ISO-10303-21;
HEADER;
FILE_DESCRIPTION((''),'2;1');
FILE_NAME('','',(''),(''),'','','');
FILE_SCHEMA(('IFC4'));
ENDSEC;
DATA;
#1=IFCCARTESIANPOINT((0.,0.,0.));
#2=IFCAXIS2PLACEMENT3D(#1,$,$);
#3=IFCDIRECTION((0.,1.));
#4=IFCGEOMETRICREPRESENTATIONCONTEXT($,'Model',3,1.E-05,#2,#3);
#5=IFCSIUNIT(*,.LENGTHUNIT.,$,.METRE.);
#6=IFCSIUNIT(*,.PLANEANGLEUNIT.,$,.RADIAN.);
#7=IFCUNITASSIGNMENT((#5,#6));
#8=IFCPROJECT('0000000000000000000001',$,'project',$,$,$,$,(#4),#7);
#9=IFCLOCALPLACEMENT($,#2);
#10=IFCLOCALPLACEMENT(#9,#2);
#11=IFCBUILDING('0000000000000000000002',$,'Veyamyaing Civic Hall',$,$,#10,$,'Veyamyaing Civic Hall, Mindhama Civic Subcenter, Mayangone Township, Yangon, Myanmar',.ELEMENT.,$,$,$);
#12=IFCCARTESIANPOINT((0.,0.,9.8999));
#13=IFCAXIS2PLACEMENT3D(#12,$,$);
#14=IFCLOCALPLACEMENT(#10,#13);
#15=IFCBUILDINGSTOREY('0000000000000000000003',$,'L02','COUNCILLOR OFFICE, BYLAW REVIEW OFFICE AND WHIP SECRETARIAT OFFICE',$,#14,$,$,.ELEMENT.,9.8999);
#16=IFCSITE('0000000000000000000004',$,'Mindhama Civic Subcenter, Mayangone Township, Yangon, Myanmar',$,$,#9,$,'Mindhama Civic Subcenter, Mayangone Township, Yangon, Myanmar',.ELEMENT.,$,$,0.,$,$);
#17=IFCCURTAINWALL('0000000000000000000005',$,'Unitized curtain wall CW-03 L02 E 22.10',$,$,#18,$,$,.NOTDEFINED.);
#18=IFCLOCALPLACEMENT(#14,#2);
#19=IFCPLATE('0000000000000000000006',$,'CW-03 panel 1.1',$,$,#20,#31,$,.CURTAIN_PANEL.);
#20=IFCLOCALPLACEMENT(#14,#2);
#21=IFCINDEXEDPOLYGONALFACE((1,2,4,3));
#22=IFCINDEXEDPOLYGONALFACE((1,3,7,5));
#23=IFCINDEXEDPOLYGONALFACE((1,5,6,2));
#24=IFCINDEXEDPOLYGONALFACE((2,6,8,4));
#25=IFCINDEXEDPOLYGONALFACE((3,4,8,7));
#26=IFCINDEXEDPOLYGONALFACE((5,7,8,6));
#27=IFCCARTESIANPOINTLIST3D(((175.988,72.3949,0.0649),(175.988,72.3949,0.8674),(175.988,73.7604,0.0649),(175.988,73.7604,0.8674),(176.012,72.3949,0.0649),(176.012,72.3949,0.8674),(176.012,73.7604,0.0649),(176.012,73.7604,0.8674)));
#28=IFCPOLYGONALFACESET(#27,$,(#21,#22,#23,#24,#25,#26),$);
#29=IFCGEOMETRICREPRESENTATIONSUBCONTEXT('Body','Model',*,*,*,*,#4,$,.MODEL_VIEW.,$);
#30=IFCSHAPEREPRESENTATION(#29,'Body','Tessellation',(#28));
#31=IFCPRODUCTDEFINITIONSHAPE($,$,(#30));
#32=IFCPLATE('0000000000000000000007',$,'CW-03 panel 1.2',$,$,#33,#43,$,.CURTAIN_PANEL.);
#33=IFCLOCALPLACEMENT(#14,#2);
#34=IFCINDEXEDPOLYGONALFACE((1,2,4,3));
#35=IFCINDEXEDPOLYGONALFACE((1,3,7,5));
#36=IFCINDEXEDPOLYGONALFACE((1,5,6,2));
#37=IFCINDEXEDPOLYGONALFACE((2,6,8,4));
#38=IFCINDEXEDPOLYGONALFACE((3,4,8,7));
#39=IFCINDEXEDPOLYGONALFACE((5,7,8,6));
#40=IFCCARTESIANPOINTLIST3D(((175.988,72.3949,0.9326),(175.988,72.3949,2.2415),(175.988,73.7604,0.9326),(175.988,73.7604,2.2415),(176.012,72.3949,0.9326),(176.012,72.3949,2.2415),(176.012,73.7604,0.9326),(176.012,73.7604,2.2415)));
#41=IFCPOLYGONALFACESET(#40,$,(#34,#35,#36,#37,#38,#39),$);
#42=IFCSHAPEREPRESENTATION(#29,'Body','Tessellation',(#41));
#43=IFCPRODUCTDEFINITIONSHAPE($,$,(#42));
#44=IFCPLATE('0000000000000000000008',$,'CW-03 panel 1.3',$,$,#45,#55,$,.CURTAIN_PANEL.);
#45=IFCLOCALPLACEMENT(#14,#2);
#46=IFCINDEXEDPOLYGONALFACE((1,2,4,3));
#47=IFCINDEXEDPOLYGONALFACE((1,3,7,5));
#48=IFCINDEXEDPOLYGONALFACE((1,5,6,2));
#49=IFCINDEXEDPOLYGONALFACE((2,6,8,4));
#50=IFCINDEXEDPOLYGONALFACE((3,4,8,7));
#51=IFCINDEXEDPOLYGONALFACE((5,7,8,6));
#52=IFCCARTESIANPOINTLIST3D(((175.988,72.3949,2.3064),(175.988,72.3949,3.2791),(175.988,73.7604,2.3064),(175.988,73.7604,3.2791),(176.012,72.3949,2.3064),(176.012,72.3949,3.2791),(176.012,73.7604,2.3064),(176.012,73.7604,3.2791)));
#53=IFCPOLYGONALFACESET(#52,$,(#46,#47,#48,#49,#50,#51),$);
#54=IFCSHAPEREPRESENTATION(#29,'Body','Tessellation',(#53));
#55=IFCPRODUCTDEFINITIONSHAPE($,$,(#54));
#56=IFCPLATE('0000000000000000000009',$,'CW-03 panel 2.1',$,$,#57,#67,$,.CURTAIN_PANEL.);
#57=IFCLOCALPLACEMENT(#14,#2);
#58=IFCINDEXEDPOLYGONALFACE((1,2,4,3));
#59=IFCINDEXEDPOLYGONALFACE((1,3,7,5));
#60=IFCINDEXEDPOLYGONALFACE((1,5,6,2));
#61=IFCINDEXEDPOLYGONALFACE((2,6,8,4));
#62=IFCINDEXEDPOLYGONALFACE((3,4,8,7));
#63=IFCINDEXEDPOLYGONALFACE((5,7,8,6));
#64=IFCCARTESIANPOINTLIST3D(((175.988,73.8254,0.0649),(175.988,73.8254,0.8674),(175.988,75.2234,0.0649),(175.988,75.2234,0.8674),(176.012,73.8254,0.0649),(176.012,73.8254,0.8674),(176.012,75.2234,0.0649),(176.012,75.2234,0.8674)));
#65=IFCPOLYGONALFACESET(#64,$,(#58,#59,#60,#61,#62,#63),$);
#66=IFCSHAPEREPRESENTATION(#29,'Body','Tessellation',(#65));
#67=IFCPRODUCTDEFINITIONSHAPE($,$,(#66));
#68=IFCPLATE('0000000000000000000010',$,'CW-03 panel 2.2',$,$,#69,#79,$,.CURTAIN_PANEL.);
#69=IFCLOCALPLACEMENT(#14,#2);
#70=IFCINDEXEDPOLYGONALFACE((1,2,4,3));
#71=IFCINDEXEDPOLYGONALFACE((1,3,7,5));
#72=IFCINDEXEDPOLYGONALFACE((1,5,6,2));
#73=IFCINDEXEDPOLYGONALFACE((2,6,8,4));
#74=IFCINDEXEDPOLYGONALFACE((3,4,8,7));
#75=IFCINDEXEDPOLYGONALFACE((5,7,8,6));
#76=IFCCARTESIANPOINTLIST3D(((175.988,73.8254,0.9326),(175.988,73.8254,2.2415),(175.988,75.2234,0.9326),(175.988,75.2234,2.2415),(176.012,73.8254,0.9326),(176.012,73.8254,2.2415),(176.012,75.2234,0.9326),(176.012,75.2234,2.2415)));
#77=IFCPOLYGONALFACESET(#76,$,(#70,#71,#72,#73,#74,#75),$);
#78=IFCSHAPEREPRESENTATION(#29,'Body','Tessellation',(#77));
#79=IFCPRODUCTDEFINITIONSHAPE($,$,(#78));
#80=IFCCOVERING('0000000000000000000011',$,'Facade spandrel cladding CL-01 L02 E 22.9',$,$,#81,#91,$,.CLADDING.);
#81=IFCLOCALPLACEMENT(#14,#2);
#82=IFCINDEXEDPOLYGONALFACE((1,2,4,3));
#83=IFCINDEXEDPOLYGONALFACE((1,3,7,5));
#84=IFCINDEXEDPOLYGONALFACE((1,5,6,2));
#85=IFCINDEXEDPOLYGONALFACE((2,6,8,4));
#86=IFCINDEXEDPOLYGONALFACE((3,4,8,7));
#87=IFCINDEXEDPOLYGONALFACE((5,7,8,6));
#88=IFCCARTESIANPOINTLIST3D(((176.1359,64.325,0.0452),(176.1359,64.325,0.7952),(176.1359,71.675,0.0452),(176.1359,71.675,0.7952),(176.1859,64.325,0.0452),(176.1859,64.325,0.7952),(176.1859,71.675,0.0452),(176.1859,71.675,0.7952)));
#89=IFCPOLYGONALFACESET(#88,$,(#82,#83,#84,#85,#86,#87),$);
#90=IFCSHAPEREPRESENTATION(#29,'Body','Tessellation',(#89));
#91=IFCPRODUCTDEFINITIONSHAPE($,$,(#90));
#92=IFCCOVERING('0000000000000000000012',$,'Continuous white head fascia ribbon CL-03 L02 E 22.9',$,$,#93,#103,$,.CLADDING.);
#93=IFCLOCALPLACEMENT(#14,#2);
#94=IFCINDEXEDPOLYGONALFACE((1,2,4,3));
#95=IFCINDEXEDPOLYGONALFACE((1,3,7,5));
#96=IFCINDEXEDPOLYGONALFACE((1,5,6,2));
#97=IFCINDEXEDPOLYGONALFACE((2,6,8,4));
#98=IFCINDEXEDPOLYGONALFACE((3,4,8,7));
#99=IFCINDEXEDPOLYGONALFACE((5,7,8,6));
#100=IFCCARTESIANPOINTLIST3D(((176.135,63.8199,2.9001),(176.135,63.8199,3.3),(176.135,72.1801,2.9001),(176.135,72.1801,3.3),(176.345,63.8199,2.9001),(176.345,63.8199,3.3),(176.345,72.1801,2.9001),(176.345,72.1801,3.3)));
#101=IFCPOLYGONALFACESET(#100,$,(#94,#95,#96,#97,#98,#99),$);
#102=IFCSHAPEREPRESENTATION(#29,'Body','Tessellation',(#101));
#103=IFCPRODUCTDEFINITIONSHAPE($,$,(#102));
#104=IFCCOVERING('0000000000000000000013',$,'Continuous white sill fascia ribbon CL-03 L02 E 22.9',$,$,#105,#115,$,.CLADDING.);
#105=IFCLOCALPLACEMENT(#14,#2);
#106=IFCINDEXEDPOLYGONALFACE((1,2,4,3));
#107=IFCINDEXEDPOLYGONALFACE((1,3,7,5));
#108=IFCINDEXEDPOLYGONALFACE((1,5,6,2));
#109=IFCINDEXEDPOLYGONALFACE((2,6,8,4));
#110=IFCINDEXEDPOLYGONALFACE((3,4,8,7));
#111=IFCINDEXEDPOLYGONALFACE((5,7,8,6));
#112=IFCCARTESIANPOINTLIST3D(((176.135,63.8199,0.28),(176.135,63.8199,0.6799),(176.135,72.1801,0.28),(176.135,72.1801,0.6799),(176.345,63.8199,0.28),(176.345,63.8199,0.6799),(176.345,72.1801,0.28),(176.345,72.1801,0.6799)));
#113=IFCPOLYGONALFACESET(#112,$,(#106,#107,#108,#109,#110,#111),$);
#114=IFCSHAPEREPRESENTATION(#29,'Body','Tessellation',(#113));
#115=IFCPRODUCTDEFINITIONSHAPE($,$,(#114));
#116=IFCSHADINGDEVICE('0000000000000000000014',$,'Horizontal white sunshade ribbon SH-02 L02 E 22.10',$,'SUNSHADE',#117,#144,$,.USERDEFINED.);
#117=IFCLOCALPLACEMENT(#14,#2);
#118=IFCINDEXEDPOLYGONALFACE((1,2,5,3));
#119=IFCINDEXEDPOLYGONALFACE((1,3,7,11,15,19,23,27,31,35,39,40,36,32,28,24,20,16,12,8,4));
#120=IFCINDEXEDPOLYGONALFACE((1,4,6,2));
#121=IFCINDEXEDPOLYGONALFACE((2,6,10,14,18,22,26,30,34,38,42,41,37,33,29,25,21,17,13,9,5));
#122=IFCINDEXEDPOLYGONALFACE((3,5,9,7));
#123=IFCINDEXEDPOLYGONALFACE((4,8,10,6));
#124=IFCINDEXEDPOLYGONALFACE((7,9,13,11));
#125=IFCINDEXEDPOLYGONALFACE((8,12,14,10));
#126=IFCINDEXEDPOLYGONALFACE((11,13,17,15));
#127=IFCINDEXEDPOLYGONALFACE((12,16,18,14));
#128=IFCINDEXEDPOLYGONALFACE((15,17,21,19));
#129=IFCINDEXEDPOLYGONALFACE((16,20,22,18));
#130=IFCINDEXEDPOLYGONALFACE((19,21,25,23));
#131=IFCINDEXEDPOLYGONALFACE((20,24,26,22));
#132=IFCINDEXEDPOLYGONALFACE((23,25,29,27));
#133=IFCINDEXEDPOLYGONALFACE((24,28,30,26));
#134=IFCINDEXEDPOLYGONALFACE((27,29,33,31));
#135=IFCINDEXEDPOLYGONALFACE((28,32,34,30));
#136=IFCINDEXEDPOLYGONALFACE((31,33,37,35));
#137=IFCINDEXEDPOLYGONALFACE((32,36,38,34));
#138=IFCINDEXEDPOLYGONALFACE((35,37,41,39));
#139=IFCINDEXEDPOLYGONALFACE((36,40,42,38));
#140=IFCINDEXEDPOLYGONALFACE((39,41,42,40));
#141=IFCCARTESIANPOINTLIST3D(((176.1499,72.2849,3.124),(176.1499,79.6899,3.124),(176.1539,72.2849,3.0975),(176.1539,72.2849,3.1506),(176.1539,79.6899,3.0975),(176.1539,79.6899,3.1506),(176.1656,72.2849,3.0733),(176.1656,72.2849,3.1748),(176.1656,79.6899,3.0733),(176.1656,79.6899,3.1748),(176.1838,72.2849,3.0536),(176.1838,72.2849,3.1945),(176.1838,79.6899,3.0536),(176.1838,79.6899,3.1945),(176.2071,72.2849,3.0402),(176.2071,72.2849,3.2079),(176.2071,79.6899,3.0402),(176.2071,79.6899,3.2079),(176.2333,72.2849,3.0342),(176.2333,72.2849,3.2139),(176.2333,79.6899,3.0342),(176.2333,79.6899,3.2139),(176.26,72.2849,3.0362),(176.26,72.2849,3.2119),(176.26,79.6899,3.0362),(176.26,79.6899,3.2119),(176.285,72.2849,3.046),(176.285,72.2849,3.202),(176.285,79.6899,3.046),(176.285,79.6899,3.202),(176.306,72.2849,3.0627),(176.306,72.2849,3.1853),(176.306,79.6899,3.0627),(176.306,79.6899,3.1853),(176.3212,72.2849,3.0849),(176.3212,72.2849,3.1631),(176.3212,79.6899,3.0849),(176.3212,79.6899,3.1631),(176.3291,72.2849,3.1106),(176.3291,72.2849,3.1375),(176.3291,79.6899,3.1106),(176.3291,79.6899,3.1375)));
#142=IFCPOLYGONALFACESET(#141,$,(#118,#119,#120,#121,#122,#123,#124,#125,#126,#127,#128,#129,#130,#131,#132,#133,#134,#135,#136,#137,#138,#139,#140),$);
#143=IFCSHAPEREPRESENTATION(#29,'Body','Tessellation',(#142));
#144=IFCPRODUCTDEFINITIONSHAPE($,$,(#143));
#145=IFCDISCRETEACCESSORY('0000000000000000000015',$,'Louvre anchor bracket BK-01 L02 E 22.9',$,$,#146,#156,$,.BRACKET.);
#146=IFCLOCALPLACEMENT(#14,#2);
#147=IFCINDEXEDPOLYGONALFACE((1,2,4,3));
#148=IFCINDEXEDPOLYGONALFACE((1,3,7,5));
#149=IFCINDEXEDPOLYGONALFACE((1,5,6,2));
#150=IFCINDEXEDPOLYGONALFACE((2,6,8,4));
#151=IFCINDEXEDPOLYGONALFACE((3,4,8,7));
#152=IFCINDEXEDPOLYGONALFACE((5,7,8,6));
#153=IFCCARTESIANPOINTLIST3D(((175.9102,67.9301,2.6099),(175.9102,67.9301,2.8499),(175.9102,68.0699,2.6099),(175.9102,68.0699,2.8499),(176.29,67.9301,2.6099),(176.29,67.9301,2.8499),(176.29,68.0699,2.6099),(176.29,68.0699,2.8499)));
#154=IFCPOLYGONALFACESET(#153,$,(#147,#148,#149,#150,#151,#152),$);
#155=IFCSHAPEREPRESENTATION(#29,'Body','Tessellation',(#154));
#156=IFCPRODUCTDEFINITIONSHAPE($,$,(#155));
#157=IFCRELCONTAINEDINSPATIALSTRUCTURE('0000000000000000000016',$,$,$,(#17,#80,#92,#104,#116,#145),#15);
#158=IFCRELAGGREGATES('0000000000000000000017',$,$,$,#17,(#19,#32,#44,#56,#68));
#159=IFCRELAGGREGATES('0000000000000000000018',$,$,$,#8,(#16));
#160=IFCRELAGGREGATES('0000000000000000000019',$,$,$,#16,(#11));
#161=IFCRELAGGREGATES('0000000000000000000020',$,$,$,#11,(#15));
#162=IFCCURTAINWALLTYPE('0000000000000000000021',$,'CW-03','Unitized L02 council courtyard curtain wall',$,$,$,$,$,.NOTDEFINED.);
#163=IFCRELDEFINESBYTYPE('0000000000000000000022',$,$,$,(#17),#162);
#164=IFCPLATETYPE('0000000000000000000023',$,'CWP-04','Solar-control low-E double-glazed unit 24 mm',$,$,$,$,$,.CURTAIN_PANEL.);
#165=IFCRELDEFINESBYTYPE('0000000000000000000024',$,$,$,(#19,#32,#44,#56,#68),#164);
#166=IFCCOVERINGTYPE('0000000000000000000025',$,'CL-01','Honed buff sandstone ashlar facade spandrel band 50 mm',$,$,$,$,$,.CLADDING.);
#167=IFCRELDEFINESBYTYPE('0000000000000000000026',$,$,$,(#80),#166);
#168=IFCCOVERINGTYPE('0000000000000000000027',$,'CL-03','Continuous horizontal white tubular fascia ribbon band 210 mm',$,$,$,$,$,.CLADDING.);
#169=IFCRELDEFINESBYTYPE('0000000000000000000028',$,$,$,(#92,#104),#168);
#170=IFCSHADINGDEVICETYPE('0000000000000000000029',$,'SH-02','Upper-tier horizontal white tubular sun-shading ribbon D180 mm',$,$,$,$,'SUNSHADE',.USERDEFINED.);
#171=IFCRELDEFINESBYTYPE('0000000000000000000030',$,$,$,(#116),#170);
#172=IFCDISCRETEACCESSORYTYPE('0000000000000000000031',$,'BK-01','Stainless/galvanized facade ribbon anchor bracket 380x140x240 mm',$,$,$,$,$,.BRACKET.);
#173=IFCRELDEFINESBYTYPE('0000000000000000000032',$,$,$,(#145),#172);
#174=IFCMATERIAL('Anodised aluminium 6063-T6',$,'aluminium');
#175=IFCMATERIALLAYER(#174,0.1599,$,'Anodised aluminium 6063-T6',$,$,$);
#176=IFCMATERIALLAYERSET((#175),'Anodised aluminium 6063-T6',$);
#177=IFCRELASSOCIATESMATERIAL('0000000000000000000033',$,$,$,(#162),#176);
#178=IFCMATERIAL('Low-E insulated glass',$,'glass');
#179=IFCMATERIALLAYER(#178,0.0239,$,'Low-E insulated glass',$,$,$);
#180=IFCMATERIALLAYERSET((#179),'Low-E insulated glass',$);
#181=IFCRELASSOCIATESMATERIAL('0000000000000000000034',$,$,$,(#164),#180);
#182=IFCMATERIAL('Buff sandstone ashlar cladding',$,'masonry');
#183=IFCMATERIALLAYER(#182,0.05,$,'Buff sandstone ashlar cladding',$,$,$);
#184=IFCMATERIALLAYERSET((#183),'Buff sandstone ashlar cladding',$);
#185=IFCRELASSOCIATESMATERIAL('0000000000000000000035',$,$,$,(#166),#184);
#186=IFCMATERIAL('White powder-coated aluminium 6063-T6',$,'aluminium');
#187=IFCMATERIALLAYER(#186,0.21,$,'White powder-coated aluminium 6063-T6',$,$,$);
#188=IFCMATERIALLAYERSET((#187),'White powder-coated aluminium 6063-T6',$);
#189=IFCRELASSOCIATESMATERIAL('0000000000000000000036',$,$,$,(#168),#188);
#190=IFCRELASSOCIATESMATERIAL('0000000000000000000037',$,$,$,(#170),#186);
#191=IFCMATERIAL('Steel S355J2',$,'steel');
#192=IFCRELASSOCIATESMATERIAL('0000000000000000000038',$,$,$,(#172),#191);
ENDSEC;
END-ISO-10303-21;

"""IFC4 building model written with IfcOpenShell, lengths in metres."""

from ifc_helpers import new_model, si_unit, direction, frame, origin, origin_2d, place, context, subcontext, project, spatial, rectangle, circle, extrude, material, layer, layer_set, material_profile, profile_set, type_object, element, aggregate, save


model = new_model("IFC4")

# Units and contexts
model_context = context("Model", 3, precision=1e-05, world=origin(), true_north=direction((0.0, 1.0)))
body_context = subcontext(model_context, "Body", "Model", "MODEL_VIEW")
ifc_project = project(units=[si_unit("LENGTHUNIT", "METRE"), si_unit("PLANEANGLEUNIT", "RADIAN")], contexts=[model_context])

# Site, building, storey
site_placement = place(None, origin())
site = spatial("IfcSite", under=ifc_project, at=site_placement, Name="Mindhama Civic Subcenter, Mayangone Township, Yangon, Myanmar", LongName="Mindhama Civic Subcenter, Mayangone Township, Yangon, Myanmar", CompositionType="ELEMENT", RefElevation=0.0)
building_placement = place(site_placement, origin())
building = spatial("IfcBuilding", under=site, at=building_placement, Name="Veyamyaing Civic Hall", LongName="Veyamyaing Civic Hall, Mindhama Civic Subcenter, Mayangone Township, Yangon, Myanmar", CompositionType="ELEMENT")
storey_placement = place(building_placement, frame((0.0, 0.0, 9.8999)))
storey = spatial("IfcBuildingStorey", under=building, at=storey_placement, Name="L02", Description="COUNCILLOR OFFICE, BYLAW REVIEW OFFICE AND WHIP SECRETARIAT OFFICE", CompositionType="ELEMENT", Elevation=9.8999)

# Curtain wall, plates
ifc_material_1 = material(Name="Anodised aluminium 6063-T6", Category="aluminium")
ifc_layer_1 = layer(ifc_material_1, 0.1599, Name="Anodised aluminium 6063-T6")
ifc_layer_set_1 = layer_set([ifc_layer_1], Name="Anodised aluminium 6063-T6")
curtain_wall_type = type_object("IfcCurtainWallType", Name="CW-03", Description="Unitized L02 council courtyard curtain wall", PredefinedType="NOTDEFINED", material=ifc_layer_set_1)
curtain_wall_placement = place(storey_placement, origin())
curtain_wall = element("IfcCurtainWall", 1, at=curtain_wall_placement, inside=storey, type_object=curtain_wall_type, Name="Unitized curtain wall CW-03 L02 E 22.10", PredefinedType="NOTDEFINED")
ifc_material_2 = material(Name="Low-E insulated glass", Category="glass")
ifc_layer_2 = layer(ifc_material_2, 0.0239, Name="Low-E insulated glass")
ifc_layer_set_2 = layer_set([ifc_layer_2], Name="Low-E insulated glass")
plate_type = type_object("IfcPlateType", Name="CWP-04", Description="Solar-control low-E double-glazed unit 24 mm", PredefinedType="CURTAIN_PANEL", material=ifc_layer_set_2)
plate_1_placement = place(storey_placement, frame((176.0, 73.0776, 0.0649), z_axis=(0.0, 0.0, 1.0), x_axis=(0.0, 1.0, 0.0)))
plate_1 = element("IfcPlate", 2, at=plate_1_placement, type_object=plate_type, Name="CW-03 panel 1.1", PredefinedType="CURTAIN_PANEL", context=body_context, shape_type="SweptSolid", body=[
    extrude(rectangle(XDim=1.3655, YDim=0.0239, at=origin_2d()), origin(), (0.0, 0.0, 1.0), 0.8025),
])
plate_2_placement = place(storey_placement, frame((176.0, 73.0776, 0.9326), z_axis=(0.0, 0.0, 1.0), x_axis=(0.0, 1.0, 0.0)))
plate_2 = element("IfcPlate", 3, at=plate_2_placement, type_object=plate_type, Name="CW-03 panel 1.2", PredefinedType="CURTAIN_PANEL", context=body_context, shape_type="SweptSolid", body=[
    extrude(rectangle(XDim=1.3655, YDim=0.0239, at=origin_2d()), origin(), (0.0, 0.0, 1.0), 1.3088),
])
plate_3_placement = place(storey_placement, frame((176.0, 73.0776, 2.3064), z_axis=(0.0, 0.0, 1.0), x_axis=(0.0, 1.0, 0.0)))
plate_3 = element("IfcPlate", 4, at=plate_3_placement, type_object=plate_type, Name="CW-03 panel 1.3", PredefinedType="CURTAIN_PANEL", context=body_context, shape_type="SweptSolid", body=[
    extrude(rectangle(XDim=1.3655, YDim=0.0239, at=origin_2d()), origin(), (0.0, 0.0, 1.0), 0.9727),
])
plate_4_placement = place(storey_placement, frame((176.0, 74.5244, 0.0649), z_axis=(0.0, 0.0, 1.0), x_axis=(0.0, 1.0, 0.0)))
plate_4 = element("IfcPlate", 5, at=plate_4_placement, type_object=plate_type, Name="CW-03 panel 2.1", PredefinedType="CURTAIN_PANEL", context=body_context, shape_type="SweptSolid", body=[
    extrude(rectangle(XDim=1.3979, YDim=0.0239, at=origin_2d()), origin(), (0.0, 0.0, 1.0), 0.8025),
])
plate_5_placement = place(storey_placement, frame((176.0, 74.5244, 0.9326), z_axis=(0.0, 0.0, 1.0), x_axis=(0.0, 1.0, 0.0)))
plate_5 = element("IfcPlate", 6, at=plate_5_placement, type_object=plate_type, Name="CW-03 panel 2.2", PredefinedType="CURTAIN_PANEL", context=body_context, shape_type="SweptSolid", body=[
    extrude(rectangle(XDim=1.3979, YDim=0.0239, at=origin_2d()), origin(), (0.0, 0.0, 1.0), 1.3088),
])
aggregate(curtain_wall, [plate_1, plate_2, plate_3, plate_4, plate_5])

# Coverings
ifc_material_3 = material(Name="Buff sandstone ashlar cladding", Category="masonry")
ifc_layer_3 = layer(ifc_material_3, 0.05, Name="Buff sandstone ashlar cladding")
ifc_layer_set_3 = layer_set([ifc_layer_3], Name="Buff sandstone ashlar cladding")
covering_type_1 = type_object("IfcCoveringType", Name="CL-01", Description="Honed buff sandstone ashlar facade spandrel band 50 mm", PredefinedType="CLADDING", material=ifc_layer_set_3)
covering_placement = place(storey_placement, frame((176.1609, 68.0, 0.0452), z_axis=(0.0, 0.0, 1.0), x_axis=(0.0, 1.0, 0.0)))
element("IfcCovering", 7, at=covering_placement, inside=storey, type_object=covering_type_1, Name="Facade spandrel cladding CL-01 L02 E 22.9", PredefinedType="CLADDING", context=body_context, shape_type="SweptSolid", body=[
    extrude(rectangle(XDim=7.3501, YDim=0.05, at=origin_2d()), origin(), (0.0, 0.0, 1.0), 0.75),
])
ifc_material_4 = material(Name="White powder-coated aluminium 6063-T6", Category="aluminium")
ifc_layer_4 = layer(ifc_material_4, 0.21, Name="White powder-coated aluminium 6063-T6")
ifc_layer_set_4 = layer_set([ifc_layer_4], Name="White powder-coated aluminium 6063-T6")
covering_type_2 = type_object("IfcCoveringType", Name="CL-03", Description="Continuous horizontal white tubular fascia ribbon band 210 mm", PredefinedType="CLADDING", material=ifc_layer_set_4)
for number, where, z_axis, x_axis, name in (
    (8, (176.24, 68.0, 2.9001), (0.0, 0.0, 1.0), (0.0, 1.0, 0.0), "Continuous white head fascia ribbon CL-03 L02 E 22.9"),
    (9, (176.24, 68.0, 0.28), (0.0, 0.0, 1.0), (0.0, 1.0, 0.0), "Continuous white sill fascia ribbon CL-03 L02 E 22.9"),
):
    element("IfcCovering", number, at=place(storey_placement, frame(where, z_axis=z_axis, x_axis=x_axis)), inside=storey, type_object=covering_type_2, Name=name, PredefinedType="CLADDING", context=body_context, shape_type="SweptSolid", body=[
        extrude(rectangle(XDim=8.3601, YDim=0.21, at=origin_2d()), origin(), (0.0, 0.0, 1.0), 0.3999),
    ])

# Shading device
ifc_material_profile_1 = material_profile(ifc_material_4, circle(Radius=0.0901, at=origin_2d()), Name="SHADE-TUBE-180")
ifc_profile_set_1 = profile_set([ifc_material_profile_1], Name="White powder-coated aluminium 6063-T6")
shading_device_type = type_object("IfcShadingDeviceType", Name="SH-02", Description="Upper-tier horizontal white tubular sun-shading ribbon D180 mm", ElementType="SUNSHADE", PredefinedType="USERDEFINED", material=ifc_profile_set_1)
shading_device_placement = place(storey_placement, frame((176.24, 72.2849, 3.124), z_axis=(0.0, 1.0, 0.0), x_axis=(-1.0, 0.0, 0.0)))
element("IfcShadingDevice", 10, at=shading_device_placement, inside=storey, type_object=shading_device_type, Name="Horizontal white sunshade ribbon SH-02 L02 E 22.10", ObjectType="SUNSHADE", PredefinedType="USERDEFINED", context=body_context, shape_type="SweptSolid", body=[
    extrude(circle(Radius=0.0901, at=origin_2d()), origin(), (0.0, 0.0, 1.0), 7.405),
])

# Discrete accessory
ifc_material_5 = material(Name="Steel S355J2", Category="steel")
discrete_accessory_type = type_object("IfcDiscreteAccessoryType", Name="BK-01", Description="Stainless/galvanized facade ribbon anchor bracket 380x140x240 mm", PredefinedType="BRACKET", material=ifc_material_5)
discrete_accessory_placement = place(storey_placement, frame((176.1001, 68.0, 2.6099), z_axis=(0.0, 0.0, 1.0), x_axis=(1.0, 0.0, 0.0)))
element("IfcDiscreteAccessory", 11, at=discrete_accessory_placement, inside=storey, type_object=discrete_accessory_type, Name="Louvre anchor bracket BK-01 L02 E 22.9", PredefinedType="BRACKET", context=body_context, shape_type="SweptSolid", body=[
    extrude(rectangle(XDim=0.3799, YDim=0.1399, at=origin_2d()), origin(), (0.0, 0.0, 1.0), 0.24),
])

save(model, "model.ifc")
